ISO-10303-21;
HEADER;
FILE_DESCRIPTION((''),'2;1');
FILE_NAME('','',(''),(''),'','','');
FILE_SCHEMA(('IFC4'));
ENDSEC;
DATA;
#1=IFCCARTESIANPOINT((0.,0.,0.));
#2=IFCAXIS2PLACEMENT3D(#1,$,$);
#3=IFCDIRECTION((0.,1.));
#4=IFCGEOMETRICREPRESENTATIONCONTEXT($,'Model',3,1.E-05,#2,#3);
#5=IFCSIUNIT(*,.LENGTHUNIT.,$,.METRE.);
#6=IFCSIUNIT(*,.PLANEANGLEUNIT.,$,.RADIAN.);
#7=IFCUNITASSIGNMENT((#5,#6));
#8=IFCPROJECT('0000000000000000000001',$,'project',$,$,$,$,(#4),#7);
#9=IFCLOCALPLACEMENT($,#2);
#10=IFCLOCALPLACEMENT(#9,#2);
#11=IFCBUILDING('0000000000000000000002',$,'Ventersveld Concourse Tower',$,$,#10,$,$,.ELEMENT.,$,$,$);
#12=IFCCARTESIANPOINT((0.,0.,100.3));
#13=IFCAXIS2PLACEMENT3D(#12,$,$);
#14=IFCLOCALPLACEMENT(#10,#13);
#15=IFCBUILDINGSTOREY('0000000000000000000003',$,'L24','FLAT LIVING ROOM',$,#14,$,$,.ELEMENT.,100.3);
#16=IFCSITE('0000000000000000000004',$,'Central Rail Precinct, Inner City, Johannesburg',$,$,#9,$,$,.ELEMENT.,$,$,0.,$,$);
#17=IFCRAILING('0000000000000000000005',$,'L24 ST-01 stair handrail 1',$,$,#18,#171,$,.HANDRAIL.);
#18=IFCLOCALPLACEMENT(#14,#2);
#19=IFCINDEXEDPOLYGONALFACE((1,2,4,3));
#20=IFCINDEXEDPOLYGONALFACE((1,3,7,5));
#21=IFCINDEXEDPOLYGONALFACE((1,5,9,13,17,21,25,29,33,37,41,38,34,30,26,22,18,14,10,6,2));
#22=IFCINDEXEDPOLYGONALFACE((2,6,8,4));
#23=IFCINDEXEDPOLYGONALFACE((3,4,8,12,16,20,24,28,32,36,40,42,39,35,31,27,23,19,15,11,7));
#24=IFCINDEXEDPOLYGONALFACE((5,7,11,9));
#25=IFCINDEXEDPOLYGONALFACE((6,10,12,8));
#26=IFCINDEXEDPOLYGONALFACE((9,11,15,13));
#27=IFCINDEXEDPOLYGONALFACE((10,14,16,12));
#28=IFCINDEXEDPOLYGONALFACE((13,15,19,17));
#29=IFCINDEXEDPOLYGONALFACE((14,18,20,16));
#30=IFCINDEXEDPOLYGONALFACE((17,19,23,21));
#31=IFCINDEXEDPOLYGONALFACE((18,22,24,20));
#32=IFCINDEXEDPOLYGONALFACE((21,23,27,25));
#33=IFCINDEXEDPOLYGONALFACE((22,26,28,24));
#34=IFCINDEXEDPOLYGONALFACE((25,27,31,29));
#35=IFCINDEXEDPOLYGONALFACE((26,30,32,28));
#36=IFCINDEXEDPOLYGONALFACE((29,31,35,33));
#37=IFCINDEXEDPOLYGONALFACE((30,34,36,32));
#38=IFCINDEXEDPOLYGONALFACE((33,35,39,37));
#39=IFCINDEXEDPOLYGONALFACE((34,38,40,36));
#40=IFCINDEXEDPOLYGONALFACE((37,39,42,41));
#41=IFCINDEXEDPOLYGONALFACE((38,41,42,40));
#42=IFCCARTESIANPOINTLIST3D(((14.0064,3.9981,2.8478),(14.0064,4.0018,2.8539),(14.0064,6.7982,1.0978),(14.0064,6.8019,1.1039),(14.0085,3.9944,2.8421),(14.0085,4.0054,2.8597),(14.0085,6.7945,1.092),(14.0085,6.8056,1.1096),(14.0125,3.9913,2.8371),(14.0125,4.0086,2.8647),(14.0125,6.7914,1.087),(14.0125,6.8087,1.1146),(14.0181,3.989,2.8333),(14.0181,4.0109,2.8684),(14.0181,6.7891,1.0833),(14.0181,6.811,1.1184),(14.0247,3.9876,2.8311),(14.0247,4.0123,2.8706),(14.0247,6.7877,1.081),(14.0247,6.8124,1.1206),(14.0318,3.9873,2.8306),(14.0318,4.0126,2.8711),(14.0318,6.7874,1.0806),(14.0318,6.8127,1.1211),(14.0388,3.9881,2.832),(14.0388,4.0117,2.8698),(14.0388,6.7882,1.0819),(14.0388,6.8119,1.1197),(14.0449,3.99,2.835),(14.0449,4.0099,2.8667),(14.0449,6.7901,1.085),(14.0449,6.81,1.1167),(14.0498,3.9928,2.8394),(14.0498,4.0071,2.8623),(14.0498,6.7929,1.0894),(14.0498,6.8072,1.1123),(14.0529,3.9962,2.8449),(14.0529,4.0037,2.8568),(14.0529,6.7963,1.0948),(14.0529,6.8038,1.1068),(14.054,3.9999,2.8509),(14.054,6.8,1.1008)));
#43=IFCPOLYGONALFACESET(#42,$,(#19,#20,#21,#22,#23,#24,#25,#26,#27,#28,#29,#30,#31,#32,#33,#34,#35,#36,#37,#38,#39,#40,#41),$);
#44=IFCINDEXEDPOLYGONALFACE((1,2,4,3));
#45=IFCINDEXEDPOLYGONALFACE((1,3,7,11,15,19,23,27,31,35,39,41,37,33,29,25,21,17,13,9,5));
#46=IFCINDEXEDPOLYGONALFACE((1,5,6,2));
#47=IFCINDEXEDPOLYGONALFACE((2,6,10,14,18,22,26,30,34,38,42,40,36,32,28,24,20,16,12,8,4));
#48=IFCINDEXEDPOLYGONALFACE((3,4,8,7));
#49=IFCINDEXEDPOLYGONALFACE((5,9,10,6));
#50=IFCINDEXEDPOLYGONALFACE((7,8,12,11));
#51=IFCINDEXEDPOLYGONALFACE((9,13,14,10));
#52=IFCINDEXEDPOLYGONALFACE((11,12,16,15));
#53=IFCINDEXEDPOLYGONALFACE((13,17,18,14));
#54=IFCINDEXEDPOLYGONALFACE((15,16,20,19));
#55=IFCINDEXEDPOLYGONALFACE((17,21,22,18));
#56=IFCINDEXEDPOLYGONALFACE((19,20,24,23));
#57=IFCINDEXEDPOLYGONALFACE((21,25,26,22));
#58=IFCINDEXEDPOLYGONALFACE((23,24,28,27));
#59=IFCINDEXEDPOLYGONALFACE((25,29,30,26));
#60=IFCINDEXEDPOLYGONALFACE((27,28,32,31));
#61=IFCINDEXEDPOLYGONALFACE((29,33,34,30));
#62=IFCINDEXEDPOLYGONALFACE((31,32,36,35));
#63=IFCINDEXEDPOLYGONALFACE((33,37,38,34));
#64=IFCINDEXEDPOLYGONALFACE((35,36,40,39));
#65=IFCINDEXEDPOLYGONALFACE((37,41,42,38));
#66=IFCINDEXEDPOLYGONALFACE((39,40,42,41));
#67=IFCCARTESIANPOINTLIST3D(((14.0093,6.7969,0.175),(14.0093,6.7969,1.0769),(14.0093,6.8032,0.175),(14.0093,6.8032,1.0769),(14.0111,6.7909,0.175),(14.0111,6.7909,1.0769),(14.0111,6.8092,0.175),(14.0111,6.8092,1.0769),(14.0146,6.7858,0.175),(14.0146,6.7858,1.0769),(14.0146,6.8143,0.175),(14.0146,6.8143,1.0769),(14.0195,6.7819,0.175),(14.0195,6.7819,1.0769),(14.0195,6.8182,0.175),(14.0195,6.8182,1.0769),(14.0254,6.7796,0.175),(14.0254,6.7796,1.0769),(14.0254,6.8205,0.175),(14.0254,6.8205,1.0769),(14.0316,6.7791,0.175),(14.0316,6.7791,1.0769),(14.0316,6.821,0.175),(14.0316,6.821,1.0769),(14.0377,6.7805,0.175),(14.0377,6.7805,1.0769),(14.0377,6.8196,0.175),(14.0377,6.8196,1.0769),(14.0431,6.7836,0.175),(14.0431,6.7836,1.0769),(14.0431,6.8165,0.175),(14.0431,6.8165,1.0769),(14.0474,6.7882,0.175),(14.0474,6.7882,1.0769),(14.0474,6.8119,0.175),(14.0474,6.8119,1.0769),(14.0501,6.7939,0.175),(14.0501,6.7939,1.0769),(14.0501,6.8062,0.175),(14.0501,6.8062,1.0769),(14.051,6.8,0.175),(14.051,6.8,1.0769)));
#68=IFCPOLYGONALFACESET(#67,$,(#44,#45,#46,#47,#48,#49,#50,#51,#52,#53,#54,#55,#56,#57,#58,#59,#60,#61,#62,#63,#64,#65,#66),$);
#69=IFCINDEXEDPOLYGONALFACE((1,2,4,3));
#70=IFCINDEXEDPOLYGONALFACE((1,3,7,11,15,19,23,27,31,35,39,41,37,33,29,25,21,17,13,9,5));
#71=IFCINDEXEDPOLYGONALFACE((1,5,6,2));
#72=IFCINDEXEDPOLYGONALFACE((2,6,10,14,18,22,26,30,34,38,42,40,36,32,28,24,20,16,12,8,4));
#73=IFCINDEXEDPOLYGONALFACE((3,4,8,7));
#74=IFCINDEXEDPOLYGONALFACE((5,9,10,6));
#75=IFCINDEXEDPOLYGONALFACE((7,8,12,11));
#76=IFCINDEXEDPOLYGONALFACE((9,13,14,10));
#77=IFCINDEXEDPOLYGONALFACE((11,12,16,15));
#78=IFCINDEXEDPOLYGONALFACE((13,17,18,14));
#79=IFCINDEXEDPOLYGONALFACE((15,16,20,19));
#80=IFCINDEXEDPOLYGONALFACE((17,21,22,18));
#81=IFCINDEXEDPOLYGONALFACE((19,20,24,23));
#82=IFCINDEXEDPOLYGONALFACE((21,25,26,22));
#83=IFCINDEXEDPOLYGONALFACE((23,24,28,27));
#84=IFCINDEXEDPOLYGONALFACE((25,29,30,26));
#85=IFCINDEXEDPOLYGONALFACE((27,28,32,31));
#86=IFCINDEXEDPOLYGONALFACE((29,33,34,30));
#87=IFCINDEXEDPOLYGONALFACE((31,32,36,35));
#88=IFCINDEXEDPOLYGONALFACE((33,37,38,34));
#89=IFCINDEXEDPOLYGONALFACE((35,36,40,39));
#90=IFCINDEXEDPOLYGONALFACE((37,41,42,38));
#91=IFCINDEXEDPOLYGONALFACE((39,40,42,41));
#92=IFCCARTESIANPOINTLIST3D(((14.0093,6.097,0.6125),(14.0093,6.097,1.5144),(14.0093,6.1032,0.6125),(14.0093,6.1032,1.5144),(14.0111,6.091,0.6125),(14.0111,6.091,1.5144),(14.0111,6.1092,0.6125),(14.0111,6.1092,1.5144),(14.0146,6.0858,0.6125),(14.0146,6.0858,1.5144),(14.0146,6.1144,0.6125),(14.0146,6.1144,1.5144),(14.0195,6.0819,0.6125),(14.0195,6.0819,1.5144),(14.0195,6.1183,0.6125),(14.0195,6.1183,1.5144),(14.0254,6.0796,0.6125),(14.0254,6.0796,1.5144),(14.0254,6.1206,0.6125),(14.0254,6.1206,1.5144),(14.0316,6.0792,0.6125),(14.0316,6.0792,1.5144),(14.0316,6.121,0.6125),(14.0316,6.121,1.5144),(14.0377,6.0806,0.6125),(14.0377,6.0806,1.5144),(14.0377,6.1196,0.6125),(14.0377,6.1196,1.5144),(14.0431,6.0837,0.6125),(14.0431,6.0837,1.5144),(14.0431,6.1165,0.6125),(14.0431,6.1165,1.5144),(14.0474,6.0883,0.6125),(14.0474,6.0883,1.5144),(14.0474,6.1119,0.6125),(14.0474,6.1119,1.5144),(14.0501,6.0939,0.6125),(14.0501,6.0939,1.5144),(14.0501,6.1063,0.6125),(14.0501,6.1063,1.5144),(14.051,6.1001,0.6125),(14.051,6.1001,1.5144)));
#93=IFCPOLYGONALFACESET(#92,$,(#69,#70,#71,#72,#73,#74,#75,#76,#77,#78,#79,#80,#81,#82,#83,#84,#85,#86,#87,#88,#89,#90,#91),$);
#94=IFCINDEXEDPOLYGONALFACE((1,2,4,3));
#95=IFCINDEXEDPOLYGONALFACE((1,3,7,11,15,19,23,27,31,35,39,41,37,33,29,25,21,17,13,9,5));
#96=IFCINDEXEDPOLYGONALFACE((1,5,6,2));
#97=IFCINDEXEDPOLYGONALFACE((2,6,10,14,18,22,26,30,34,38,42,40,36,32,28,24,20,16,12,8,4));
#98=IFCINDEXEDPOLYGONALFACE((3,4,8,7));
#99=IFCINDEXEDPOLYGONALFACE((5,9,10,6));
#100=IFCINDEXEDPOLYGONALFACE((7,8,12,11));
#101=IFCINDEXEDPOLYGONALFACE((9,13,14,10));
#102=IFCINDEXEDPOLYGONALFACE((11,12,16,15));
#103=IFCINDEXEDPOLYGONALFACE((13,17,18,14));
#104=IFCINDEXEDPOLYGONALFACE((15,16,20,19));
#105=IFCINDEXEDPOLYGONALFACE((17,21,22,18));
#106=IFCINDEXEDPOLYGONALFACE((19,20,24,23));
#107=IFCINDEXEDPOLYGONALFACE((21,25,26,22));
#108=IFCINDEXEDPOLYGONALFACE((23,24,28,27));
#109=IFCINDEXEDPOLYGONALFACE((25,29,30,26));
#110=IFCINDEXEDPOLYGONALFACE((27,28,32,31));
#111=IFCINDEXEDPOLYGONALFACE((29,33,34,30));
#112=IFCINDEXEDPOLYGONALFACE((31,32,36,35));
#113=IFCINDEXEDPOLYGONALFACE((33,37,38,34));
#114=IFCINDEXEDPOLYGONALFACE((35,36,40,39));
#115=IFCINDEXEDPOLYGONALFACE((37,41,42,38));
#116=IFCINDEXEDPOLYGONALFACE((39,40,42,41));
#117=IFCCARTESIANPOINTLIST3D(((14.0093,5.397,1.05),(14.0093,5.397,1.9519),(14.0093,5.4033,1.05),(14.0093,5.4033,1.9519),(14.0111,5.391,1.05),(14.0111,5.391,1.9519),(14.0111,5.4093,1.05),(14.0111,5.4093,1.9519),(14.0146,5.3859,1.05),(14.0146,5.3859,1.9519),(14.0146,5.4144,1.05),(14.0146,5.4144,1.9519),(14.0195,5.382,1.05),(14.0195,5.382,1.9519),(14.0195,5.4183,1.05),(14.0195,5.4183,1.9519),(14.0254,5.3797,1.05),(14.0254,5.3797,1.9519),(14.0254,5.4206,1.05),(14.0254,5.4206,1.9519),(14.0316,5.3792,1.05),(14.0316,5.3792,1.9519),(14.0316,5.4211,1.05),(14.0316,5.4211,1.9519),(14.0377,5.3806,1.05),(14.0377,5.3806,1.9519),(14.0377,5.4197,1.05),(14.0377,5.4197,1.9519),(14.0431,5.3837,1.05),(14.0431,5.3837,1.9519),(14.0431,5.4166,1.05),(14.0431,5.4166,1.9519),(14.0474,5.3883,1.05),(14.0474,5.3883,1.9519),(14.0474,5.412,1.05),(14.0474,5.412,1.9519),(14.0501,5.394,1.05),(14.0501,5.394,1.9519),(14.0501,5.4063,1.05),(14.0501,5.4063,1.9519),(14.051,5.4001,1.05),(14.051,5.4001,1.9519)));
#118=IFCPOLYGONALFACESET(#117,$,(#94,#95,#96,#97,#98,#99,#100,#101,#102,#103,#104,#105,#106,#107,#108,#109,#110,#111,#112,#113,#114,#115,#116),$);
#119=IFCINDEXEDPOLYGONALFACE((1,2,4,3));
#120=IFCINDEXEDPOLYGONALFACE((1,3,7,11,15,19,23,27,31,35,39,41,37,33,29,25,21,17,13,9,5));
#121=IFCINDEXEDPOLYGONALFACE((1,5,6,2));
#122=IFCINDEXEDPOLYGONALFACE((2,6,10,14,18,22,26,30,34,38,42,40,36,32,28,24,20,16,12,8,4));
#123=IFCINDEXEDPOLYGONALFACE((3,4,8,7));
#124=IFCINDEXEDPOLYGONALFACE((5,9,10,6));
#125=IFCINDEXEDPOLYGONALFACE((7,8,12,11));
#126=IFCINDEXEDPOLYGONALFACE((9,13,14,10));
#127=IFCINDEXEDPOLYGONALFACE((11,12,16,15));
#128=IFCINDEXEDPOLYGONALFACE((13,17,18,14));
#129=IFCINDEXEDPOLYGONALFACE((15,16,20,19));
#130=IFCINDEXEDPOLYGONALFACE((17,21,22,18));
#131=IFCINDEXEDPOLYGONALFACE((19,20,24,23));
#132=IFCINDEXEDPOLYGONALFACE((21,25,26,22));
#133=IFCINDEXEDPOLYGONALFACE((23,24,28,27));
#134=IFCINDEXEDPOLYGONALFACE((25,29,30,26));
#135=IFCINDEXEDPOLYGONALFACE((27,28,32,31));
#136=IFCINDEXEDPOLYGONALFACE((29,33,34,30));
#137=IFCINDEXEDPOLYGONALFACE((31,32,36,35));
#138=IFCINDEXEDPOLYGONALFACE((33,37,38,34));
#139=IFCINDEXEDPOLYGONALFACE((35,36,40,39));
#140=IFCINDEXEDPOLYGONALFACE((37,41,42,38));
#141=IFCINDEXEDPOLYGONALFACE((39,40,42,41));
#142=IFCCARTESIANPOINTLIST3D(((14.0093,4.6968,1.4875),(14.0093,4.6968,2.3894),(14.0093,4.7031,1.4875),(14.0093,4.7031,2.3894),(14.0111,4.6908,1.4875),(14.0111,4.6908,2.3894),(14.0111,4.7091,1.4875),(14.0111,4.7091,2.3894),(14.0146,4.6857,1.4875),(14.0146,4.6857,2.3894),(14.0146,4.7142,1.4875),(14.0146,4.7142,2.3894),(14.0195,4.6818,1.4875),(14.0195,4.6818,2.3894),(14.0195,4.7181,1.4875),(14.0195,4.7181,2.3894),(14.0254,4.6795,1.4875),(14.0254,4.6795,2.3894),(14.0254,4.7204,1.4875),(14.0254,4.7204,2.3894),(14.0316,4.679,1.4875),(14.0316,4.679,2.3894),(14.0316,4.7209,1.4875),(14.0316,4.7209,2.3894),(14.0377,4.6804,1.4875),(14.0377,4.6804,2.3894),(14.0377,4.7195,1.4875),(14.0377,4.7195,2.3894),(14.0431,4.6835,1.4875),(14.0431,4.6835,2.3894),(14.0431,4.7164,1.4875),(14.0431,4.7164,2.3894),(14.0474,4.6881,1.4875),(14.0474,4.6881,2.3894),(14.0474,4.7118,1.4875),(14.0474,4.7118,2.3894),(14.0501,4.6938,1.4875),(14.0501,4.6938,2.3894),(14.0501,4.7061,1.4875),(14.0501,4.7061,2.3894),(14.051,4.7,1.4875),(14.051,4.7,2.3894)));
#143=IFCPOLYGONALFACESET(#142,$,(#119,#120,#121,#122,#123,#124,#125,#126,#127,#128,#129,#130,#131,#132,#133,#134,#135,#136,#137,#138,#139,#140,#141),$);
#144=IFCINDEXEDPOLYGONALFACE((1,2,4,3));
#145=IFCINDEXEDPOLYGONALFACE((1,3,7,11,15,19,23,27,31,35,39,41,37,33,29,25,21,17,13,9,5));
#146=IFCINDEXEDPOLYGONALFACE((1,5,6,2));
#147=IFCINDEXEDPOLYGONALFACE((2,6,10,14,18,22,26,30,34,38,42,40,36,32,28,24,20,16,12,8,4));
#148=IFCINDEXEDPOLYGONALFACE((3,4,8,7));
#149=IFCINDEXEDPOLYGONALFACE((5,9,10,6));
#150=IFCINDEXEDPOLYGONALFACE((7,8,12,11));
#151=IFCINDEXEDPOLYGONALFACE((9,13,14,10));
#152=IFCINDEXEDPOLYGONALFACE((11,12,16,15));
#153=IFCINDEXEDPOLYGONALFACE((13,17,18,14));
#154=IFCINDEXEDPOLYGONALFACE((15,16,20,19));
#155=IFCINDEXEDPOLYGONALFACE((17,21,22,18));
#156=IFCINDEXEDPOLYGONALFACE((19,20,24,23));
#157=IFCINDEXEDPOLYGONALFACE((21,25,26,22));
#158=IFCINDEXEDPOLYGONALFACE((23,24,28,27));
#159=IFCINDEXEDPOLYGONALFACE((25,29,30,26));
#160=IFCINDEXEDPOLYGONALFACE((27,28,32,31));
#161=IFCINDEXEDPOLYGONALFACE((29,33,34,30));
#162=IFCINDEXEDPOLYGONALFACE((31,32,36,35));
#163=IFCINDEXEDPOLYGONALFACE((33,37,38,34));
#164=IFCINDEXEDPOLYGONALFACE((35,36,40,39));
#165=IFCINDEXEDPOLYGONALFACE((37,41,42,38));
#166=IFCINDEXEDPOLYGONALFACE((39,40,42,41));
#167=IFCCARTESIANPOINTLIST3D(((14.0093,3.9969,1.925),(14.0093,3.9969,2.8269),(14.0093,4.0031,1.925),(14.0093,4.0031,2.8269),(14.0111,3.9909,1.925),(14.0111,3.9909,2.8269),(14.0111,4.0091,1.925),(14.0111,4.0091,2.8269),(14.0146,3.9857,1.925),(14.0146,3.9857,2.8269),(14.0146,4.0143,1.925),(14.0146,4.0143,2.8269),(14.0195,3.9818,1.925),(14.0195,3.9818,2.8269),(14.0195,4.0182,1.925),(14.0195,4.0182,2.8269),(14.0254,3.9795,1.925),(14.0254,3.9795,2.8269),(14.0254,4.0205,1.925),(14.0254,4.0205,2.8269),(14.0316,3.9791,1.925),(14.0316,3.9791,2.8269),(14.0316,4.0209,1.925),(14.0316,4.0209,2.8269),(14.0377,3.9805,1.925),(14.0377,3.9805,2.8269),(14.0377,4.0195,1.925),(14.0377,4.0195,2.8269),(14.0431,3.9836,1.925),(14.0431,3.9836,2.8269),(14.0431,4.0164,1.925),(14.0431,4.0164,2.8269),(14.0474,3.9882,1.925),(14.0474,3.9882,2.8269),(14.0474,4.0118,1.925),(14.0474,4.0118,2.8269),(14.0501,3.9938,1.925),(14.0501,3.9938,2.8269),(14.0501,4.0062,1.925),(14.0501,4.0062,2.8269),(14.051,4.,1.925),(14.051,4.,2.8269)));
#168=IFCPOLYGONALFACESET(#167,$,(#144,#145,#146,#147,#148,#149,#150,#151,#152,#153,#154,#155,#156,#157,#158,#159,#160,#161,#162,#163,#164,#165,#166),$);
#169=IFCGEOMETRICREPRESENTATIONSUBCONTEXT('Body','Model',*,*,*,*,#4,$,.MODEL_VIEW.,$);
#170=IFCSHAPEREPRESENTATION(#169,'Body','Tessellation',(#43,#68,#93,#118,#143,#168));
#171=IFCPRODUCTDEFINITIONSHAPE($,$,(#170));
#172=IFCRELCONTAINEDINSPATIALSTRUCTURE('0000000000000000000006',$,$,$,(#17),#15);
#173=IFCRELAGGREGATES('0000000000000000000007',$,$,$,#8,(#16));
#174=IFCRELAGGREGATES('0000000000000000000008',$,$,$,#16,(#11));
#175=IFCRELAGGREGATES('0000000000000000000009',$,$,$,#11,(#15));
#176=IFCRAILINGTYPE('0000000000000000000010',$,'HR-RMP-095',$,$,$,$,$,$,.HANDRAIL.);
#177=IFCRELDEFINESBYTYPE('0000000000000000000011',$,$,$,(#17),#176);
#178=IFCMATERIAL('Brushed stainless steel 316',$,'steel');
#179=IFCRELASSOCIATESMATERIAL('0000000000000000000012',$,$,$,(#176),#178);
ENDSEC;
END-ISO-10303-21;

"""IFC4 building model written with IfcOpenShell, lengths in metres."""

from ifc_helpers import new_model, si_unit, direction, frame, origin, origin_2d, place, context, subcontext, project, spatial, circle, extrude, material, type_object, element, save


model = new_model("IFC4")

# Units and contexts
model_context = context("Model", 3, precision=1e-05, world=origin(), true_north=direction((0.0, 1.0)))
body_context = subcontext(model_context, "Body", "Model", "MODEL_VIEW")
ifc_project = project(units=[si_unit("LENGTHUNIT", "METRE"), si_unit("PLANEANGLEUNIT", "RADIAN")], contexts=[model_context])

# Site, building, storey
site_placement = place(None, origin())
site = spatial("IfcSite", under=ifc_project, at=site_placement, Name="Central Rail Precinct, Inner City, Johannesburg", CompositionType="ELEMENT", RefElevation=0.0)
building_placement = place(site_placement, origin())
building = spatial("IfcBuilding", under=site, at=building_placement, Name="Ventersveld Concourse Tower", CompositionType="ELEMENT")
storey_placement = place(building_placement, frame((0.0, 0.0, 100.3)))
storey = spatial("IfcBuildingStorey", under=building, at=storey_placement, Name="L24", Description="FLAT LIVING ROOM", CompositionType="ELEMENT", Elevation=100.3)

# Railing
ifc_material_1 = material(Name="Brushed stainless steel 316", Category="steel")
railing_type_1 = type_object("IfcRailingType", Name="HR-RMP-095", PredefinedType="HANDRAIL", material=ifc_material_1)
railing_1_placement = place(storey_placement, frame((14.03, 6.8, 0.175)))
element("IfcRailing", 1, at=railing_1_placement, inside=storey, type_object=railing_type_1, Name="L24 ST-01 stair handrail 1", PredefinedType="HANDRAIL", context=body_context, shape_type="SweptSolid", body=[
    extrude(circle(Radius=0.0239, at=origin_2d()), frame((0.0, 0.0, 0.9258), z_axis=(0.0, -0.848002, 0.529992), x_axis=(1.0, 0.0, 0.0)), (0.0, 0.0, 1.0), 3.302),
    extrude(circle(Radius=0.021, at=origin_2d()), origin(), (0.0, 0.0, 1.0), 0.9019),
    extrude(circle(Radius=0.021, at=origin_2d()), frame((0.0, -0.7, 0.4375)), (0.0, 0.0, 1.0), 0.9019),
    extrude(circle(Radius=0.021, at=origin_2d()), frame((0.0, -1.3999, 0.875)), (0.0, 0.0, 1.0), 0.9019),
    extrude(circle(Radius=0.021, at=origin_2d()), frame((0.0, -2.1001, 1.3125)), (0.0, 0.0, 1.0), 0.9019),
    extrude(circle(Radius=0.021, at=origin_2d()), frame((0.0, -2.8, 1.75)), (0.0, 0.0, 1.0), 0.9019),
])

save(model, "model.ifc")
